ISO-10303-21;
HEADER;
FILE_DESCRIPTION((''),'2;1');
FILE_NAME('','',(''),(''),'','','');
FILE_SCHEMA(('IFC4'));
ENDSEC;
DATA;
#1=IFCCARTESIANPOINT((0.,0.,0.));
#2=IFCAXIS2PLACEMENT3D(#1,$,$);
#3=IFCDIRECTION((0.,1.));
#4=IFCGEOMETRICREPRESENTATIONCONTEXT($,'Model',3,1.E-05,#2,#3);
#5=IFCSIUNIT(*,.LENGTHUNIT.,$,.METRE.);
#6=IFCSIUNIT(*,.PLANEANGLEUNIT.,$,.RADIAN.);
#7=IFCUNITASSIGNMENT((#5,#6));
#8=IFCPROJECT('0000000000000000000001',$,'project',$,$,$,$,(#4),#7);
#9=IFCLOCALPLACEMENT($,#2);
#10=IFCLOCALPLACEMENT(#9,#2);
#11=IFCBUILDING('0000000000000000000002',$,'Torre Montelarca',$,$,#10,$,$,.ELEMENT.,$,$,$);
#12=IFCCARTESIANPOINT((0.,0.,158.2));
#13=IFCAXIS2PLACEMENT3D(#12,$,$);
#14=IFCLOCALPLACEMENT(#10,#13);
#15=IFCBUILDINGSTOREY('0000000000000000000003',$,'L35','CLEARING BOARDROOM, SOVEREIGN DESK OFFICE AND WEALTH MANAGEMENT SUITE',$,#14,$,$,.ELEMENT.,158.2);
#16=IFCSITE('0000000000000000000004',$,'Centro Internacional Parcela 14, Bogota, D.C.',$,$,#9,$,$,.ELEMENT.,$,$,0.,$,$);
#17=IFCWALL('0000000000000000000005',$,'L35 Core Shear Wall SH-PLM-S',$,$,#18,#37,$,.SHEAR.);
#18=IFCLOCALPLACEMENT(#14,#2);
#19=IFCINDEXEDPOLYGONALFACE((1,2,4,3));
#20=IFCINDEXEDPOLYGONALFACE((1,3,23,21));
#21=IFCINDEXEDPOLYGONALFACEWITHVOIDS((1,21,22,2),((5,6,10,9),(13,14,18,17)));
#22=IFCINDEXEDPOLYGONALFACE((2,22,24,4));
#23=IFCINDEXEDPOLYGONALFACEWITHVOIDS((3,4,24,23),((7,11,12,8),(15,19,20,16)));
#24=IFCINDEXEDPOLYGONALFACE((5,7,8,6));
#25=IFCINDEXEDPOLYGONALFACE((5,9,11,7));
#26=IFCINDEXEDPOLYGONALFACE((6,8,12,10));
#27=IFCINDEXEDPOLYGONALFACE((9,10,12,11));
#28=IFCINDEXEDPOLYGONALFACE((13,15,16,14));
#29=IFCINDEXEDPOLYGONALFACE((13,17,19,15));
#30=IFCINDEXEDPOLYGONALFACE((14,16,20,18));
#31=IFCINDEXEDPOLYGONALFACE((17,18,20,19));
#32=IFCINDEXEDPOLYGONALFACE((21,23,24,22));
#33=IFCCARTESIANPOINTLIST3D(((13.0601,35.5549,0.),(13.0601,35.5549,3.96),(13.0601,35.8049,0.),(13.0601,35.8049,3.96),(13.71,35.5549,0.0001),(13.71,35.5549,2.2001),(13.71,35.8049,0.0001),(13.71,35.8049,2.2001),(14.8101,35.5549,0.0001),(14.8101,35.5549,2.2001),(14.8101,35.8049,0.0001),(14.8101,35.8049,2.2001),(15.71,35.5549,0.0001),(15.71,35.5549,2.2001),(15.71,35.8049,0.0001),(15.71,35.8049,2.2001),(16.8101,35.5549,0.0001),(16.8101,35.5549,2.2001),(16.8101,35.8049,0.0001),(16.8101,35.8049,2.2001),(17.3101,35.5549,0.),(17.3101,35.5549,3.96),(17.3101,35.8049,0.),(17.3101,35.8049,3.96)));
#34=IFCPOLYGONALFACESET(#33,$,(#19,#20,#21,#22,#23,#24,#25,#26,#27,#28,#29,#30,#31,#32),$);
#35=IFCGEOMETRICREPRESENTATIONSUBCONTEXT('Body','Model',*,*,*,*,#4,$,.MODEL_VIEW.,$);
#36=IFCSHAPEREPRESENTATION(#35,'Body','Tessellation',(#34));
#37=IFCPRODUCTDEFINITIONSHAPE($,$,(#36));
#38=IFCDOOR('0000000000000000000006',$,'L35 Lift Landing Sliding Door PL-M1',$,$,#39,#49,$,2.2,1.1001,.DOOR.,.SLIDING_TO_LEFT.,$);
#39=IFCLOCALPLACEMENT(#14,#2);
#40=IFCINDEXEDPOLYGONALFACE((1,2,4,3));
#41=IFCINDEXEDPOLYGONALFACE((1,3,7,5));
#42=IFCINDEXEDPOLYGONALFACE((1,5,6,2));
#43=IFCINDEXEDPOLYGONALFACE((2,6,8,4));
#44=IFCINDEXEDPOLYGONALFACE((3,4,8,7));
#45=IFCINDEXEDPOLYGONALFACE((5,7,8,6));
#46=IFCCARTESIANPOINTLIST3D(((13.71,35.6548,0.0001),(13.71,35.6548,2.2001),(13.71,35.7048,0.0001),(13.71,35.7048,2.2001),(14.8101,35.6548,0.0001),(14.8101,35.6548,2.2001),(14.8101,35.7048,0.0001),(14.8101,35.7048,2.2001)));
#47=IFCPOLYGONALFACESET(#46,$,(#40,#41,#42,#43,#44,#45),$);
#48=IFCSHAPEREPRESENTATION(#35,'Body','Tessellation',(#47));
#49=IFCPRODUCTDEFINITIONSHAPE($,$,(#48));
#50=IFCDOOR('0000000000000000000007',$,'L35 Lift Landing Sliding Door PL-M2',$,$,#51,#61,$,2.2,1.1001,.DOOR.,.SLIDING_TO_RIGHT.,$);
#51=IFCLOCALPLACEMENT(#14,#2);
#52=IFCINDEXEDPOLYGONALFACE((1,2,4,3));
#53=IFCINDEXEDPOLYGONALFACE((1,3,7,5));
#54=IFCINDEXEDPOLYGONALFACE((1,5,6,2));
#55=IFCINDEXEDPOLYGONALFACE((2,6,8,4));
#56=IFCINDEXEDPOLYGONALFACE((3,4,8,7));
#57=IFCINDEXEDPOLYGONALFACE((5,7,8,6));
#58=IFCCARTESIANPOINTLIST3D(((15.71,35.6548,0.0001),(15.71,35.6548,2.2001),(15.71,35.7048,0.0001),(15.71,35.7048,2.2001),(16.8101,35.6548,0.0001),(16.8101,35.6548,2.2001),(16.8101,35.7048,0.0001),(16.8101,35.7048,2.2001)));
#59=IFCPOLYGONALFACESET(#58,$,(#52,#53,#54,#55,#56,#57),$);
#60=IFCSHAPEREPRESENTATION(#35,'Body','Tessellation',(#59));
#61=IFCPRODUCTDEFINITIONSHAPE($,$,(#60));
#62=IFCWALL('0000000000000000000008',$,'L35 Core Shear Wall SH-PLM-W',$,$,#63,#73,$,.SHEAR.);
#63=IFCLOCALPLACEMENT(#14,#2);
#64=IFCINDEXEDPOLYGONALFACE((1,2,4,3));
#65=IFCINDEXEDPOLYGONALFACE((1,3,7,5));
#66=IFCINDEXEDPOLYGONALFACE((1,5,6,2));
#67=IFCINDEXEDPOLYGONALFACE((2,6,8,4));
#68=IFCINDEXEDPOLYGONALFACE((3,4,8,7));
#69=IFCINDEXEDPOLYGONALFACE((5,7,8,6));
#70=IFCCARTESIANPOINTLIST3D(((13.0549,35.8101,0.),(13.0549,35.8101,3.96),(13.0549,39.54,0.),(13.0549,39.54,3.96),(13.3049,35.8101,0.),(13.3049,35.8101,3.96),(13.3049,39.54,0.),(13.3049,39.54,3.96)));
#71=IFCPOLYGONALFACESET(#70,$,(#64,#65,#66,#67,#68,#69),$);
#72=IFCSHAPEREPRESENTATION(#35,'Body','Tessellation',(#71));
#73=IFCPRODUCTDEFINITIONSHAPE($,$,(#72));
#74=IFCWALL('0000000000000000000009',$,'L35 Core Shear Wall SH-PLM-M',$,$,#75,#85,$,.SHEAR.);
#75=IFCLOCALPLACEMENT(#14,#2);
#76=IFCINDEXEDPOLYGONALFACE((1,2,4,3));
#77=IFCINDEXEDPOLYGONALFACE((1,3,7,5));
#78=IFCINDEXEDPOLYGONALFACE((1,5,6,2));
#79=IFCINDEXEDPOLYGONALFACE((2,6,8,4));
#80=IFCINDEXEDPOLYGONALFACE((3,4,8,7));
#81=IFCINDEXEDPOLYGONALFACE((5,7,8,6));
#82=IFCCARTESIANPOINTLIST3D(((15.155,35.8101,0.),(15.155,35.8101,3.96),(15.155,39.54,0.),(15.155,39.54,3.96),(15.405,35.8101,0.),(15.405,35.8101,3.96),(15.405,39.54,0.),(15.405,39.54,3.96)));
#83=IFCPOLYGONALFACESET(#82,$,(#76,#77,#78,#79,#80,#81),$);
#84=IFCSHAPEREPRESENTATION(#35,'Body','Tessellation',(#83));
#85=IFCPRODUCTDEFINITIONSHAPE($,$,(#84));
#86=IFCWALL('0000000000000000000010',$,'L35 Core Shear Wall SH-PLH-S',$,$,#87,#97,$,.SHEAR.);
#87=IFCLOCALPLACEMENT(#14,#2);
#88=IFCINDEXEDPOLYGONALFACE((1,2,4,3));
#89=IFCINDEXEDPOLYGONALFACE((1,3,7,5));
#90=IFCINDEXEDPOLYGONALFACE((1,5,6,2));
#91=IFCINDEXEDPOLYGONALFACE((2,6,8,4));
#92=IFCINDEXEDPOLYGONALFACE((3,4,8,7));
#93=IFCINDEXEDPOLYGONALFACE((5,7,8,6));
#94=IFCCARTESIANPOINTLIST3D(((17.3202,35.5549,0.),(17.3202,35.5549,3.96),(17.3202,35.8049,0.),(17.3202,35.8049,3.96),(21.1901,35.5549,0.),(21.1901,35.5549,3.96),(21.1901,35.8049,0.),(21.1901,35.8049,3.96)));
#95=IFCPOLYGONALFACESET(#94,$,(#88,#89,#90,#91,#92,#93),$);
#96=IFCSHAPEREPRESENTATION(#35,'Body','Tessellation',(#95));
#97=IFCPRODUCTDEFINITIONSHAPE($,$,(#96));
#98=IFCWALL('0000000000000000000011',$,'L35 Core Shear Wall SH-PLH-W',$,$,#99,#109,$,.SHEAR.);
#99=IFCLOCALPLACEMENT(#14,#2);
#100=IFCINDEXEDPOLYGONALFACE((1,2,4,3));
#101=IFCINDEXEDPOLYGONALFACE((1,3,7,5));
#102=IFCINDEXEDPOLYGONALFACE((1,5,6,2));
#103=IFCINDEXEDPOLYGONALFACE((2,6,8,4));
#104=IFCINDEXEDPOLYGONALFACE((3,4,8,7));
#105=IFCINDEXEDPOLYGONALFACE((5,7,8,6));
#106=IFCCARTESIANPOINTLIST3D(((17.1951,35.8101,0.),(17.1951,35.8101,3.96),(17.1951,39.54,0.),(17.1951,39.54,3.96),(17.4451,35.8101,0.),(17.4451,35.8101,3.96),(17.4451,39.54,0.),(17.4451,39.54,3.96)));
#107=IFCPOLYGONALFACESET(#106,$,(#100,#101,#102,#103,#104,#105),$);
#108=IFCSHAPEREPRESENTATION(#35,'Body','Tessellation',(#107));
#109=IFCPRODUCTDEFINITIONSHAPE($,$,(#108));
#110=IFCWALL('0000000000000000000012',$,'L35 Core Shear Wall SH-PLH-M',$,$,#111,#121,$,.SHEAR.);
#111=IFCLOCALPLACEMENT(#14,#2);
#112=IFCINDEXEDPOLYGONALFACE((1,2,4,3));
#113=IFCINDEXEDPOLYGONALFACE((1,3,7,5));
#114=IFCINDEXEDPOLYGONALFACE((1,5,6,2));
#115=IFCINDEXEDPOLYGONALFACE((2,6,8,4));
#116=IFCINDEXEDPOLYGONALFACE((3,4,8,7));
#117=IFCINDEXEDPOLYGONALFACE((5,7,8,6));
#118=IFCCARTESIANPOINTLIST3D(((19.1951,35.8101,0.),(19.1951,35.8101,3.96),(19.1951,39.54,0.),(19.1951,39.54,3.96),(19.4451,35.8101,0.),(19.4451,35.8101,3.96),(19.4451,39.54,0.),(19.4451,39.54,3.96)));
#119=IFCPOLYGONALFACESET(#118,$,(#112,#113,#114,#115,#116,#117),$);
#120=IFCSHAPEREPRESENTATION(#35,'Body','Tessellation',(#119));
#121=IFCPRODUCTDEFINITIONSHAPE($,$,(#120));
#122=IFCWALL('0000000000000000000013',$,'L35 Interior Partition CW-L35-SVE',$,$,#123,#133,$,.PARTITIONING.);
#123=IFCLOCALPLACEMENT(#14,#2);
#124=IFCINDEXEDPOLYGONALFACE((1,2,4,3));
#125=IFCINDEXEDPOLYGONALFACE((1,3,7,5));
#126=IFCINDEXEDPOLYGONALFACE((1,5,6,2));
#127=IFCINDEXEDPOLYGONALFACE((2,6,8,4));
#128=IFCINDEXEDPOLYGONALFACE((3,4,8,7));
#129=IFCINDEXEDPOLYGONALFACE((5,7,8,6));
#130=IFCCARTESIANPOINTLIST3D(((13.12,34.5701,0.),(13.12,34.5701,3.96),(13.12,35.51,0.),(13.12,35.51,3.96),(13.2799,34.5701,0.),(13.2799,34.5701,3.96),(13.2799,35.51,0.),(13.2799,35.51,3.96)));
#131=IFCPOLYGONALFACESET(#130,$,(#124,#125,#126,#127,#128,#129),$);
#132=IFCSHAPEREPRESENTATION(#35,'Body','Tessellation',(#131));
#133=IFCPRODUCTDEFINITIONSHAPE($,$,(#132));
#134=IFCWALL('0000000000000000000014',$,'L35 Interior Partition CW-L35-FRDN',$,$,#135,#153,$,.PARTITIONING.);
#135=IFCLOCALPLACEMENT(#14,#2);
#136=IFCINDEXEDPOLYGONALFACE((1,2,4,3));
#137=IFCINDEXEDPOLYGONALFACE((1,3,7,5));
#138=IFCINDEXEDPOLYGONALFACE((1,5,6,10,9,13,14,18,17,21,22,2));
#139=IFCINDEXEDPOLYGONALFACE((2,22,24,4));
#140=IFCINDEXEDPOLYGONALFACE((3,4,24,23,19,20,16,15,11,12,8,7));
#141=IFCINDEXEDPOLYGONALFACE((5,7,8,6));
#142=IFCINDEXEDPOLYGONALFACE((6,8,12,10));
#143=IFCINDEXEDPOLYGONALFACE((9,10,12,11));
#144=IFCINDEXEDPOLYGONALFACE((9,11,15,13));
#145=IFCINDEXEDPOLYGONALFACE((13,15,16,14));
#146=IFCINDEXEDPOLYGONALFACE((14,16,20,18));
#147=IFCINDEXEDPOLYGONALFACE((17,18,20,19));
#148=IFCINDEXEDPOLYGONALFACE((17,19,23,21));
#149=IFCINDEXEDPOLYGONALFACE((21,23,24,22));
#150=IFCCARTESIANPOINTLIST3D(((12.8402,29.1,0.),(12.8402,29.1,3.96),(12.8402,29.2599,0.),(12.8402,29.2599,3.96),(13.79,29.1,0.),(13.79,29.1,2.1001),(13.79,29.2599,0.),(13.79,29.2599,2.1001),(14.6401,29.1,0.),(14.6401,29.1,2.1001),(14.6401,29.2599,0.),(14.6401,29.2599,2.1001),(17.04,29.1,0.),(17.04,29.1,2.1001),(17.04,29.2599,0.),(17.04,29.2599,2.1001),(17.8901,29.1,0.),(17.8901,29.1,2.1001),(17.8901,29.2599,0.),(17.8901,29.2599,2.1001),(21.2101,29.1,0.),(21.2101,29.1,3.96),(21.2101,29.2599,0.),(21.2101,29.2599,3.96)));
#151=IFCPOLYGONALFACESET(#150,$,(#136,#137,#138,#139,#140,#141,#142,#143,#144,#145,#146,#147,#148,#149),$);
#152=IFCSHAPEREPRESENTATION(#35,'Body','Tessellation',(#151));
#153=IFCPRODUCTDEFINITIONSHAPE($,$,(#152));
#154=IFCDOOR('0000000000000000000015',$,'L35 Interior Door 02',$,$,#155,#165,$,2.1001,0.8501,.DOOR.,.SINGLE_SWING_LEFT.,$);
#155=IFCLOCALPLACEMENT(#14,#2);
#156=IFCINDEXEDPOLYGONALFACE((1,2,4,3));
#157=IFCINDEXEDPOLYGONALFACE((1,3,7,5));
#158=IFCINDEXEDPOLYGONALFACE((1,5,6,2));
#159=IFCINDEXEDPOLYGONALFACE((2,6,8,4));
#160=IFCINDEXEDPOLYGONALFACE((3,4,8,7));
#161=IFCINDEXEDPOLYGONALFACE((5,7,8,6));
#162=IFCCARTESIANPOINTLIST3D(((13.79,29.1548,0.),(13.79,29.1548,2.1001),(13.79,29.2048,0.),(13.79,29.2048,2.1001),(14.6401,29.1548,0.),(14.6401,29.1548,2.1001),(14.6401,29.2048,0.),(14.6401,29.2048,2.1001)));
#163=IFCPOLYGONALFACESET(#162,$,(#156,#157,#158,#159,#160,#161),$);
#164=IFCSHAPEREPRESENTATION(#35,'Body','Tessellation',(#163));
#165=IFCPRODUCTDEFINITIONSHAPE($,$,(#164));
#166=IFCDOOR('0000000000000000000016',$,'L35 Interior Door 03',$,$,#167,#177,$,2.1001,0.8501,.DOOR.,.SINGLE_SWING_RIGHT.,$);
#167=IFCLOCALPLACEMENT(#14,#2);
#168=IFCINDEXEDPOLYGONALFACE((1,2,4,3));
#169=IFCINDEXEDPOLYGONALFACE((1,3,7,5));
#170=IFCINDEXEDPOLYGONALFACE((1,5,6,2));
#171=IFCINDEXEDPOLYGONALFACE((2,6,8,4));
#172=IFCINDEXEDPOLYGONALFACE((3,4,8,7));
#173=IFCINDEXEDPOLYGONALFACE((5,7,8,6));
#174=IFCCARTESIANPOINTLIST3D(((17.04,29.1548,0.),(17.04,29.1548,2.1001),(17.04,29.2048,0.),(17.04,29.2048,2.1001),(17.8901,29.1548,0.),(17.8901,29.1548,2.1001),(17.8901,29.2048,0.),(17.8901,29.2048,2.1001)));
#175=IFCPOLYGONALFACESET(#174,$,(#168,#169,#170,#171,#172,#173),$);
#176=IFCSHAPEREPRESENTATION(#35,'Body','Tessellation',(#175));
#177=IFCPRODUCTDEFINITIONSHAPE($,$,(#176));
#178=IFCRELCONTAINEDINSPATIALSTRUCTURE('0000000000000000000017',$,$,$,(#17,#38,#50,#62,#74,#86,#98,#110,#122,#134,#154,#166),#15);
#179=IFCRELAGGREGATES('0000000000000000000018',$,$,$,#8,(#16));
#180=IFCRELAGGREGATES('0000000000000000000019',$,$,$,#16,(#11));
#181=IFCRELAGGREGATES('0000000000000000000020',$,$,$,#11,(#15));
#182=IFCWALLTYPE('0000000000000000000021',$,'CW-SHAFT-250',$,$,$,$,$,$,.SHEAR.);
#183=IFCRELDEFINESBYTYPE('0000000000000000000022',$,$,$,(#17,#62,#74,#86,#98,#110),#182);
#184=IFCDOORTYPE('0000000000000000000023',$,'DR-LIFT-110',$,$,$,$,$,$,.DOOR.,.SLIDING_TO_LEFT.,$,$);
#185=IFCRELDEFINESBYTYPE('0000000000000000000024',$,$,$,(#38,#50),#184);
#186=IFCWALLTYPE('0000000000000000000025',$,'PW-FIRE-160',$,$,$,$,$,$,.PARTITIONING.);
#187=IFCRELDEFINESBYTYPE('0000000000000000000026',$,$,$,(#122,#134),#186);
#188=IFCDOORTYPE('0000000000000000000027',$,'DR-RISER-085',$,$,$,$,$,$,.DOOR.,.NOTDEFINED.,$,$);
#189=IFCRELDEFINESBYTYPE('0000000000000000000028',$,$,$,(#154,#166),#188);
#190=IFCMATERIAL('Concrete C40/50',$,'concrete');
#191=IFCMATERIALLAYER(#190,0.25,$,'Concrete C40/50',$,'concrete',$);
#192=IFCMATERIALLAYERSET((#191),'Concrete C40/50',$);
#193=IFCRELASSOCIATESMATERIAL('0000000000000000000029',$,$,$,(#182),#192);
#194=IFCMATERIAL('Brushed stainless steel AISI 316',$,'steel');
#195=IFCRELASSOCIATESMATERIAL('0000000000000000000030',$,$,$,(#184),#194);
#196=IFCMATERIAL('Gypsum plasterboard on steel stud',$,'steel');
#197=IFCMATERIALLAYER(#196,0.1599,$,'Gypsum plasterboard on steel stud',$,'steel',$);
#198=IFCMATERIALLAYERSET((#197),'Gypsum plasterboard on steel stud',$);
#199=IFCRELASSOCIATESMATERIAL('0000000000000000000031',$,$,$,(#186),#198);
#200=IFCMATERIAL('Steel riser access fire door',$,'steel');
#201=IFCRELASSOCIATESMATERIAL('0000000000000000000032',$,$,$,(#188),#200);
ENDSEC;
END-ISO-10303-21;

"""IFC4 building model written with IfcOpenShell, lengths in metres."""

from ifc_helpers import new_model, si_unit, direction, frame, frame_2d, origin, place, context, subcontext, project, spatial, rectangle, extrude, source, transform, mapped, material, layer, layer_set, type_object, element, fill, save


model = new_model("IFC4")

# Units and contexts
model_context = context("Model", 3, precision=1e-05, world=origin(), true_north=direction((0.0, 1.0)))
body_context = subcontext(model_context, "Body", "Model", "MODEL_VIEW")
ifc_project = project(units=[si_unit("LENGTHUNIT", "METRE"), si_unit("PLANEANGLEUNIT", "RADIAN")], contexts=[model_context])

# Site, building, storey
site_placement = place(None, origin())
site = spatial("IfcSite", under=ifc_project, at=site_placement, Name="Centro Internacional Parcela 14, Bogota, D.C.", CompositionType="ELEMENT", RefElevation=0.0)
building_placement = place(site_placement, origin())
building = spatial("IfcBuilding", under=site, at=building_placement, Name="Torre Montelarca", CompositionType="ELEMENT")
storey_placement = place(building_placement, frame((0.0, 0.0, 158.2)))
storey = spatial("IfcBuildingStorey", under=building, at=storey_placement, Name="L35", Description="CLEARING BOARDROOM, SOVEREIGN DESK OFFICE AND WEALTH MANAGEMENT SUITE", CompositionType="ELEMENT", Elevation=158.2)

# Shared definitions
ifc_material_1 = material(Name="Concrete C40/50", Category="concrete")
ifc_layer_1 = layer(ifc_material_1, 0.25, Name="Concrete C40/50", Category="concrete")
ifc_layer_set_1 = layer_set([ifc_layer_1], Name="Concrete C40/50")
wall_type_1 = type_object("IfcWallType", Name="CW-SHAFT-250", PredefinedType="SHEAR", material=ifc_layer_set_1)

# Wall, openings, doors
ifc_material_2 = material(Name="Brushed stainless steel AISI 316", Category="steel")
wall_1_placement = place(storey_placement, frame((13.0601, 35.6799, 0.0), z_axis=(0.0, 0.0, 1.0), x_axis=(1.0, 0.0, 0.0)))
wall_1 = element("IfcWall", 1, at=wall_1_placement, inside=storey, type_object=wall_type_1, Name="L35 Core Shear Wall SH-PLM-S", PredefinedType="SHEAR", context=body_context, shape_type="SweptSolid", body=[
    extrude(rectangle(XDim=4.25, YDim=0.25, at=frame_2d((2.125, 0.0))), origin(), (0.0, 0.0, 1.0), 3.96),
])
opening_1_placement = place(wall_1_placement, frame((0.6499, 0.0, 0.0)))
opening_1 = element("IfcOpeningElement", 2, at=opening_1_placement, cuts=wall_1, PredefinedType="OPENING", context=body_context, shape_type="SweptSolid", body=[
    extrude(rectangle(XDim=1.1001, YDim=2.2, at=frame_2d((0.55, 1.1001))), frame((0.0, 0.135, 0.0), z_axis=(0.0, -1.0, 0.0), x_axis=(1.0, 0.0, 0.0)), (0.0, 0.0, 1.0), 0.27),
])
opening_2_placement = place(wall_1_placement, frame((2.6499, 0.0, 0.0)))
opening_2 = element("IfcOpeningElement", 3, at=opening_2_placement, cuts=wall_1, PredefinedType="OPENING", context=body_context, shape_type="SweptSolid", body=[
    extrude(rectangle(XDim=1.1001, YDim=2.2, at=frame_2d((0.55, 1.1001))), frame((0.0, 0.135, 0.0), z_axis=(0.0, -1.0, 0.0), x_axis=(1.0, 0.0, 0.0)), (0.0, 0.0, 1.0), 0.27),
])
door_type_1 = type_object("IfcDoorType", Name="DR-LIFT-110", OperationType="SLIDING_TO_LEFT", PredefinedType="DOOR", material=ifc_material_2)
shared_shape_1 = source(origin(), body_context, "Body", "SweptSolid", [
    extrude(rectangle(XDim=1.1001, YDim=2.2, at=frame_2d((0.55, 1.1001))), frame((0.0, 0.0249, 0.0), z_axis=(0.0, -1.0, 0.0), x_axis=(1.0, 0.0, 0.0)), (0.0, 0.0, 1.0), 0.05),
])
door_1_placement = place(opening_1_placement, origin())
door_1 = element("IfcDoor", 4, at=door_1_placement, inside=storey, type_object=door_type_1, Name="L35 Lift Landing Sliding Door PL-M1", OperationType="SLIDING_TO_LEFT", OverallHeight=2.2, OverallWidth=1.1001, PredefinedType="DOOR", context=body_context, shape_type="MappedRepresentation", body=[
    mapped(shared_shape_1, transform((0.0, 0.0, 0.0), scale=1.0)),
])
fill(opening_1, door_1)
door_2_placement = place(opening_2_placement, origin())
door_2 = element("IfcDoor", 5, at=door_2_placement, inside=storey, type_object=door_type_1, Name="L35 Lift Landing Sliding Door PL-M2", OperationType="SLIDING_TO_RIGHT", OverallHeight=2.2, OverallWidth=1.1001, PredefinedType="DOOR", context=body_context, shape_type="MappedRepresentation", body=[
    mapped(shared_shape_1, transform((0.0, 0.0, 0.0), scale=1.0)),
])
fill(opening_2, door_2)

# Walls
for number, where, z_axis, x_axis, name in (
    (6, (13.1799, 35.8101, 0.0), (0.0, 0.0, 1.0), (0.0, 1.0, 0.0), "L35 Core Shear Wall SH-PLM-W"),
    (7, (15.28, 35.8101, 0.0), (0.0, 0.0, 1.0), (0.0, 1.0, 0.0), "L35 Core Shear Wall SH-PLM-M"),
):
    element("IfcWall", number, at=place(storey_placement, frame(where, z_axis=z_axis, x_axis=x_axis)), inside=storey, type_object=wall_type_1, Name=name, PredefinedType="SHEAR", context=body_context, shape_type="SweptSolid", body=[
        extrude(rectangle(XDim=3.73, YDim=0.25, at=frame_2d((1.865, 0.0))), origin(), (0.0, 0.0, 1.0), 3.96),
    ])
wall_2_placement = place(storey_placement, frame((17.3201, 35.6799, 0.0), z_axis=(0.0, 0.0, 1.0), x_axis=(1.0, 0.0, 0.0)))
element("IfcWall", 8, at=wall_2_placement, inside=storey, type_object=wall_type_1, Name="L35 Core Shear Wall SH-PLH-S", PredefinedType="SHEAR", context=body_context, shape_type="SweptSolid", body=[
    extrude(rectangle(XDim=3.8699, YDim=0.25, at=frame_2d((1.9351, 0.0))), origin(), (0.0, 0.0, 1.0), 3.96),
])
for number, where, z_axis, x_axis, name in (
    (9, (17.3201, 35.8101, 0.0), (0.0, 0.0, 1.0), (0.0, 1.0, 0.0), "L35 Core Shear Wall SH-PLH-W"),
    (10, (19.3201, 35.8101, 0.0), (0.0, 0.0, 1.0), (0.0, 1.0, 0.0), "L35 Core Shear Wall SH-PLH-M"),
):
    element("IfcWall", number, at=place(storey_placement, frame(where, z_axis=z_axis, x_axis=x_axis)), inside=storey, type_object=wall_type_1, Name=name, PredefinedType="SHEAR", context=body_context, shape_type="SweptSolid", body=[
        extrude(rectangle(XDim=3.73, YDim=0.25, at=frame_2d((1.865, 0.0))), origin(), (0.0, 0.0, 1.0), 3.96),
    ])
ifc_material_3 = material(Name="Gypsum plasterboard on steel stud", Category="steel")
ifc_layer_2 = layer(ifc_material_3, 0.1599, Name="Gypsum plasterboard on steel stud", Category="steel")
ifc_layer_set_2 = layer_set([ifc_layer_2], Name="Gypsum plasterboard on steel stud")
wall_type_2 = type_object("IfcWallType", Name="PW-FIRE-160", PredefinedType="PARTITIONING", material=ifc_layer_set_2)
wall_3_placement = place(storey_placement, frame((13.2, 34.5701, 0.0), z_axis=(0.0, 0.0, 1.0), x_axis=(0.0, 1.0, 0.0)))
element("IfcWall", 11, at=wall_3_placement, inside=storey, type_object=wall_type_2, Name="L35 Interior Partition CW-L35-SVE", PredefinedType="PARTITIONING", context=body_context, shape_type="SweptSolid", body=[
    extrude(rectangle(XDim=0.9399, YDim=0.1599, at=frame_2d((0.47, 0.0))), origin(), (0.0, 0.0, 1.0), 3.96),
])

# Wall, openings, doors
wall_4_placement = place(storey_placement, frame((12.8401, 29.1799, 0.0), z_axis=(0.0, 0.0, 1.0), x_axis=(1.0, 0.0, 0.0)))
wall_4 = element("IfcWall", 12, at=wall_4_placement, inside=storey, type_object=wall_type_2, Name="L35 Interior Partition CW-L35-FRDN", PredefinedType="PARTITIONING", context=body_context, shape_type="SweptSolid", body=[
    extrude(rectangle(XDim=8.3699, YDim=0.1599, at=frame_2d((4.1851, 0.0))), origin(), (0.0, 0.0, 1.0), 3.96),
])
opening_3_placement = place(wall_4_placement, frame((0.95, 0.0, 0.0)))
opening_3 = element("IfcOpeningElement", 13, at=opening_3_placement, cuts=wall_4, PredefinedType="OPENING", context=body_context, shape_type="SweptSolid", body=[
    extrude(rectangle(XDim=0.8501, YDim=2.1001, at=frame_2d((0.425, 1.05))), frame((0.0, 0.0898, 0.0), z_axis=(0.0, -1.0, 0.0), x_axis=(1.0, 0.0, 0.0)), (0.0, 0.0, 1.0), 0.1799),
])
opening_4_placement = place(wall_4_placement, frame((4.2, 0.0, 0.0)))
opening_4 = element("IfcOpeningElement", 14, at=opening_4_placement, cuts=wall_4, PredefinedType="OPENING", context=body_context, shape_type="SweptSolid", body=[
    extrude(rectangle(XDim=0.8501, YDim=2.1001, at=frame_2d((0.425, 1.05))), frame((0.0, 0.0898, 0.0), z_axis=(0.0, -1.0, 0.0), x_axis=(1.0, 0.0, 0.0)), (0.0, 0.0, 1.0), 0.1799),
])
ifc_material_4 = material(Name="Steel riser access fire door", Category="steel")
door_type_2 = type_object("IfcDoorType", Name="DR-RISER-085", OperationType="NOTDEFINED", PredefinedType="DOOR", material=ifc_material_4)
shared_shape_2 = source(origin(), body_context, "Body", "SweptSolid", [
    extrude(rectangle(XDim=0.8501, YDim=2.1001, at=frame_2d((0.425, 1.05))), frame((0.0, 0.0249, 0.0), z_axis=(0.0, -1.0, 0.0), x_axis=(1.0, 0.0, 0.0)), (0.0, 0.0, 1.0), 0.05),
])
door_3_placement = place(opening_3_placement, origin())
door_3 = element("IfcDoor", 15, at=door_3_placement, inside=storey, type_object=door_type_2, Name="L35 Interior Door 02", OperationType="SINGLE_SWING_LEFT", OverallHeight=2.1001, OverallWidth=0.8501, PredefinedType="DOOR", context=body_context, shape_type="MappedRepresentation", body=[
    mapped(shared_shape_2, transform((0.0, 0.0, 0.0), scale=1.0)),
])
fill(opening_3, door_3)
door_4_placement = place(opening_4_placement, origin())
door_4 = element("IfcDoor", 16, at=door_4_placement, inside=storey, type_object=door_type_2, Name="L35 Interior Door 03", OperationType="SINGLE_SWING_RIGHT", OverallHeight=2.1001, OverallWidth=0.8501, PredefinedType="DOOR", context=body_context, shape_type="MappedRepresentation", body=[
    mapped(shared_shape_2, transform((0.0, 0.0, 0.0), scale=1.0)),
])
fill(opening_4, door_4)

save(model, "model.ifc")
